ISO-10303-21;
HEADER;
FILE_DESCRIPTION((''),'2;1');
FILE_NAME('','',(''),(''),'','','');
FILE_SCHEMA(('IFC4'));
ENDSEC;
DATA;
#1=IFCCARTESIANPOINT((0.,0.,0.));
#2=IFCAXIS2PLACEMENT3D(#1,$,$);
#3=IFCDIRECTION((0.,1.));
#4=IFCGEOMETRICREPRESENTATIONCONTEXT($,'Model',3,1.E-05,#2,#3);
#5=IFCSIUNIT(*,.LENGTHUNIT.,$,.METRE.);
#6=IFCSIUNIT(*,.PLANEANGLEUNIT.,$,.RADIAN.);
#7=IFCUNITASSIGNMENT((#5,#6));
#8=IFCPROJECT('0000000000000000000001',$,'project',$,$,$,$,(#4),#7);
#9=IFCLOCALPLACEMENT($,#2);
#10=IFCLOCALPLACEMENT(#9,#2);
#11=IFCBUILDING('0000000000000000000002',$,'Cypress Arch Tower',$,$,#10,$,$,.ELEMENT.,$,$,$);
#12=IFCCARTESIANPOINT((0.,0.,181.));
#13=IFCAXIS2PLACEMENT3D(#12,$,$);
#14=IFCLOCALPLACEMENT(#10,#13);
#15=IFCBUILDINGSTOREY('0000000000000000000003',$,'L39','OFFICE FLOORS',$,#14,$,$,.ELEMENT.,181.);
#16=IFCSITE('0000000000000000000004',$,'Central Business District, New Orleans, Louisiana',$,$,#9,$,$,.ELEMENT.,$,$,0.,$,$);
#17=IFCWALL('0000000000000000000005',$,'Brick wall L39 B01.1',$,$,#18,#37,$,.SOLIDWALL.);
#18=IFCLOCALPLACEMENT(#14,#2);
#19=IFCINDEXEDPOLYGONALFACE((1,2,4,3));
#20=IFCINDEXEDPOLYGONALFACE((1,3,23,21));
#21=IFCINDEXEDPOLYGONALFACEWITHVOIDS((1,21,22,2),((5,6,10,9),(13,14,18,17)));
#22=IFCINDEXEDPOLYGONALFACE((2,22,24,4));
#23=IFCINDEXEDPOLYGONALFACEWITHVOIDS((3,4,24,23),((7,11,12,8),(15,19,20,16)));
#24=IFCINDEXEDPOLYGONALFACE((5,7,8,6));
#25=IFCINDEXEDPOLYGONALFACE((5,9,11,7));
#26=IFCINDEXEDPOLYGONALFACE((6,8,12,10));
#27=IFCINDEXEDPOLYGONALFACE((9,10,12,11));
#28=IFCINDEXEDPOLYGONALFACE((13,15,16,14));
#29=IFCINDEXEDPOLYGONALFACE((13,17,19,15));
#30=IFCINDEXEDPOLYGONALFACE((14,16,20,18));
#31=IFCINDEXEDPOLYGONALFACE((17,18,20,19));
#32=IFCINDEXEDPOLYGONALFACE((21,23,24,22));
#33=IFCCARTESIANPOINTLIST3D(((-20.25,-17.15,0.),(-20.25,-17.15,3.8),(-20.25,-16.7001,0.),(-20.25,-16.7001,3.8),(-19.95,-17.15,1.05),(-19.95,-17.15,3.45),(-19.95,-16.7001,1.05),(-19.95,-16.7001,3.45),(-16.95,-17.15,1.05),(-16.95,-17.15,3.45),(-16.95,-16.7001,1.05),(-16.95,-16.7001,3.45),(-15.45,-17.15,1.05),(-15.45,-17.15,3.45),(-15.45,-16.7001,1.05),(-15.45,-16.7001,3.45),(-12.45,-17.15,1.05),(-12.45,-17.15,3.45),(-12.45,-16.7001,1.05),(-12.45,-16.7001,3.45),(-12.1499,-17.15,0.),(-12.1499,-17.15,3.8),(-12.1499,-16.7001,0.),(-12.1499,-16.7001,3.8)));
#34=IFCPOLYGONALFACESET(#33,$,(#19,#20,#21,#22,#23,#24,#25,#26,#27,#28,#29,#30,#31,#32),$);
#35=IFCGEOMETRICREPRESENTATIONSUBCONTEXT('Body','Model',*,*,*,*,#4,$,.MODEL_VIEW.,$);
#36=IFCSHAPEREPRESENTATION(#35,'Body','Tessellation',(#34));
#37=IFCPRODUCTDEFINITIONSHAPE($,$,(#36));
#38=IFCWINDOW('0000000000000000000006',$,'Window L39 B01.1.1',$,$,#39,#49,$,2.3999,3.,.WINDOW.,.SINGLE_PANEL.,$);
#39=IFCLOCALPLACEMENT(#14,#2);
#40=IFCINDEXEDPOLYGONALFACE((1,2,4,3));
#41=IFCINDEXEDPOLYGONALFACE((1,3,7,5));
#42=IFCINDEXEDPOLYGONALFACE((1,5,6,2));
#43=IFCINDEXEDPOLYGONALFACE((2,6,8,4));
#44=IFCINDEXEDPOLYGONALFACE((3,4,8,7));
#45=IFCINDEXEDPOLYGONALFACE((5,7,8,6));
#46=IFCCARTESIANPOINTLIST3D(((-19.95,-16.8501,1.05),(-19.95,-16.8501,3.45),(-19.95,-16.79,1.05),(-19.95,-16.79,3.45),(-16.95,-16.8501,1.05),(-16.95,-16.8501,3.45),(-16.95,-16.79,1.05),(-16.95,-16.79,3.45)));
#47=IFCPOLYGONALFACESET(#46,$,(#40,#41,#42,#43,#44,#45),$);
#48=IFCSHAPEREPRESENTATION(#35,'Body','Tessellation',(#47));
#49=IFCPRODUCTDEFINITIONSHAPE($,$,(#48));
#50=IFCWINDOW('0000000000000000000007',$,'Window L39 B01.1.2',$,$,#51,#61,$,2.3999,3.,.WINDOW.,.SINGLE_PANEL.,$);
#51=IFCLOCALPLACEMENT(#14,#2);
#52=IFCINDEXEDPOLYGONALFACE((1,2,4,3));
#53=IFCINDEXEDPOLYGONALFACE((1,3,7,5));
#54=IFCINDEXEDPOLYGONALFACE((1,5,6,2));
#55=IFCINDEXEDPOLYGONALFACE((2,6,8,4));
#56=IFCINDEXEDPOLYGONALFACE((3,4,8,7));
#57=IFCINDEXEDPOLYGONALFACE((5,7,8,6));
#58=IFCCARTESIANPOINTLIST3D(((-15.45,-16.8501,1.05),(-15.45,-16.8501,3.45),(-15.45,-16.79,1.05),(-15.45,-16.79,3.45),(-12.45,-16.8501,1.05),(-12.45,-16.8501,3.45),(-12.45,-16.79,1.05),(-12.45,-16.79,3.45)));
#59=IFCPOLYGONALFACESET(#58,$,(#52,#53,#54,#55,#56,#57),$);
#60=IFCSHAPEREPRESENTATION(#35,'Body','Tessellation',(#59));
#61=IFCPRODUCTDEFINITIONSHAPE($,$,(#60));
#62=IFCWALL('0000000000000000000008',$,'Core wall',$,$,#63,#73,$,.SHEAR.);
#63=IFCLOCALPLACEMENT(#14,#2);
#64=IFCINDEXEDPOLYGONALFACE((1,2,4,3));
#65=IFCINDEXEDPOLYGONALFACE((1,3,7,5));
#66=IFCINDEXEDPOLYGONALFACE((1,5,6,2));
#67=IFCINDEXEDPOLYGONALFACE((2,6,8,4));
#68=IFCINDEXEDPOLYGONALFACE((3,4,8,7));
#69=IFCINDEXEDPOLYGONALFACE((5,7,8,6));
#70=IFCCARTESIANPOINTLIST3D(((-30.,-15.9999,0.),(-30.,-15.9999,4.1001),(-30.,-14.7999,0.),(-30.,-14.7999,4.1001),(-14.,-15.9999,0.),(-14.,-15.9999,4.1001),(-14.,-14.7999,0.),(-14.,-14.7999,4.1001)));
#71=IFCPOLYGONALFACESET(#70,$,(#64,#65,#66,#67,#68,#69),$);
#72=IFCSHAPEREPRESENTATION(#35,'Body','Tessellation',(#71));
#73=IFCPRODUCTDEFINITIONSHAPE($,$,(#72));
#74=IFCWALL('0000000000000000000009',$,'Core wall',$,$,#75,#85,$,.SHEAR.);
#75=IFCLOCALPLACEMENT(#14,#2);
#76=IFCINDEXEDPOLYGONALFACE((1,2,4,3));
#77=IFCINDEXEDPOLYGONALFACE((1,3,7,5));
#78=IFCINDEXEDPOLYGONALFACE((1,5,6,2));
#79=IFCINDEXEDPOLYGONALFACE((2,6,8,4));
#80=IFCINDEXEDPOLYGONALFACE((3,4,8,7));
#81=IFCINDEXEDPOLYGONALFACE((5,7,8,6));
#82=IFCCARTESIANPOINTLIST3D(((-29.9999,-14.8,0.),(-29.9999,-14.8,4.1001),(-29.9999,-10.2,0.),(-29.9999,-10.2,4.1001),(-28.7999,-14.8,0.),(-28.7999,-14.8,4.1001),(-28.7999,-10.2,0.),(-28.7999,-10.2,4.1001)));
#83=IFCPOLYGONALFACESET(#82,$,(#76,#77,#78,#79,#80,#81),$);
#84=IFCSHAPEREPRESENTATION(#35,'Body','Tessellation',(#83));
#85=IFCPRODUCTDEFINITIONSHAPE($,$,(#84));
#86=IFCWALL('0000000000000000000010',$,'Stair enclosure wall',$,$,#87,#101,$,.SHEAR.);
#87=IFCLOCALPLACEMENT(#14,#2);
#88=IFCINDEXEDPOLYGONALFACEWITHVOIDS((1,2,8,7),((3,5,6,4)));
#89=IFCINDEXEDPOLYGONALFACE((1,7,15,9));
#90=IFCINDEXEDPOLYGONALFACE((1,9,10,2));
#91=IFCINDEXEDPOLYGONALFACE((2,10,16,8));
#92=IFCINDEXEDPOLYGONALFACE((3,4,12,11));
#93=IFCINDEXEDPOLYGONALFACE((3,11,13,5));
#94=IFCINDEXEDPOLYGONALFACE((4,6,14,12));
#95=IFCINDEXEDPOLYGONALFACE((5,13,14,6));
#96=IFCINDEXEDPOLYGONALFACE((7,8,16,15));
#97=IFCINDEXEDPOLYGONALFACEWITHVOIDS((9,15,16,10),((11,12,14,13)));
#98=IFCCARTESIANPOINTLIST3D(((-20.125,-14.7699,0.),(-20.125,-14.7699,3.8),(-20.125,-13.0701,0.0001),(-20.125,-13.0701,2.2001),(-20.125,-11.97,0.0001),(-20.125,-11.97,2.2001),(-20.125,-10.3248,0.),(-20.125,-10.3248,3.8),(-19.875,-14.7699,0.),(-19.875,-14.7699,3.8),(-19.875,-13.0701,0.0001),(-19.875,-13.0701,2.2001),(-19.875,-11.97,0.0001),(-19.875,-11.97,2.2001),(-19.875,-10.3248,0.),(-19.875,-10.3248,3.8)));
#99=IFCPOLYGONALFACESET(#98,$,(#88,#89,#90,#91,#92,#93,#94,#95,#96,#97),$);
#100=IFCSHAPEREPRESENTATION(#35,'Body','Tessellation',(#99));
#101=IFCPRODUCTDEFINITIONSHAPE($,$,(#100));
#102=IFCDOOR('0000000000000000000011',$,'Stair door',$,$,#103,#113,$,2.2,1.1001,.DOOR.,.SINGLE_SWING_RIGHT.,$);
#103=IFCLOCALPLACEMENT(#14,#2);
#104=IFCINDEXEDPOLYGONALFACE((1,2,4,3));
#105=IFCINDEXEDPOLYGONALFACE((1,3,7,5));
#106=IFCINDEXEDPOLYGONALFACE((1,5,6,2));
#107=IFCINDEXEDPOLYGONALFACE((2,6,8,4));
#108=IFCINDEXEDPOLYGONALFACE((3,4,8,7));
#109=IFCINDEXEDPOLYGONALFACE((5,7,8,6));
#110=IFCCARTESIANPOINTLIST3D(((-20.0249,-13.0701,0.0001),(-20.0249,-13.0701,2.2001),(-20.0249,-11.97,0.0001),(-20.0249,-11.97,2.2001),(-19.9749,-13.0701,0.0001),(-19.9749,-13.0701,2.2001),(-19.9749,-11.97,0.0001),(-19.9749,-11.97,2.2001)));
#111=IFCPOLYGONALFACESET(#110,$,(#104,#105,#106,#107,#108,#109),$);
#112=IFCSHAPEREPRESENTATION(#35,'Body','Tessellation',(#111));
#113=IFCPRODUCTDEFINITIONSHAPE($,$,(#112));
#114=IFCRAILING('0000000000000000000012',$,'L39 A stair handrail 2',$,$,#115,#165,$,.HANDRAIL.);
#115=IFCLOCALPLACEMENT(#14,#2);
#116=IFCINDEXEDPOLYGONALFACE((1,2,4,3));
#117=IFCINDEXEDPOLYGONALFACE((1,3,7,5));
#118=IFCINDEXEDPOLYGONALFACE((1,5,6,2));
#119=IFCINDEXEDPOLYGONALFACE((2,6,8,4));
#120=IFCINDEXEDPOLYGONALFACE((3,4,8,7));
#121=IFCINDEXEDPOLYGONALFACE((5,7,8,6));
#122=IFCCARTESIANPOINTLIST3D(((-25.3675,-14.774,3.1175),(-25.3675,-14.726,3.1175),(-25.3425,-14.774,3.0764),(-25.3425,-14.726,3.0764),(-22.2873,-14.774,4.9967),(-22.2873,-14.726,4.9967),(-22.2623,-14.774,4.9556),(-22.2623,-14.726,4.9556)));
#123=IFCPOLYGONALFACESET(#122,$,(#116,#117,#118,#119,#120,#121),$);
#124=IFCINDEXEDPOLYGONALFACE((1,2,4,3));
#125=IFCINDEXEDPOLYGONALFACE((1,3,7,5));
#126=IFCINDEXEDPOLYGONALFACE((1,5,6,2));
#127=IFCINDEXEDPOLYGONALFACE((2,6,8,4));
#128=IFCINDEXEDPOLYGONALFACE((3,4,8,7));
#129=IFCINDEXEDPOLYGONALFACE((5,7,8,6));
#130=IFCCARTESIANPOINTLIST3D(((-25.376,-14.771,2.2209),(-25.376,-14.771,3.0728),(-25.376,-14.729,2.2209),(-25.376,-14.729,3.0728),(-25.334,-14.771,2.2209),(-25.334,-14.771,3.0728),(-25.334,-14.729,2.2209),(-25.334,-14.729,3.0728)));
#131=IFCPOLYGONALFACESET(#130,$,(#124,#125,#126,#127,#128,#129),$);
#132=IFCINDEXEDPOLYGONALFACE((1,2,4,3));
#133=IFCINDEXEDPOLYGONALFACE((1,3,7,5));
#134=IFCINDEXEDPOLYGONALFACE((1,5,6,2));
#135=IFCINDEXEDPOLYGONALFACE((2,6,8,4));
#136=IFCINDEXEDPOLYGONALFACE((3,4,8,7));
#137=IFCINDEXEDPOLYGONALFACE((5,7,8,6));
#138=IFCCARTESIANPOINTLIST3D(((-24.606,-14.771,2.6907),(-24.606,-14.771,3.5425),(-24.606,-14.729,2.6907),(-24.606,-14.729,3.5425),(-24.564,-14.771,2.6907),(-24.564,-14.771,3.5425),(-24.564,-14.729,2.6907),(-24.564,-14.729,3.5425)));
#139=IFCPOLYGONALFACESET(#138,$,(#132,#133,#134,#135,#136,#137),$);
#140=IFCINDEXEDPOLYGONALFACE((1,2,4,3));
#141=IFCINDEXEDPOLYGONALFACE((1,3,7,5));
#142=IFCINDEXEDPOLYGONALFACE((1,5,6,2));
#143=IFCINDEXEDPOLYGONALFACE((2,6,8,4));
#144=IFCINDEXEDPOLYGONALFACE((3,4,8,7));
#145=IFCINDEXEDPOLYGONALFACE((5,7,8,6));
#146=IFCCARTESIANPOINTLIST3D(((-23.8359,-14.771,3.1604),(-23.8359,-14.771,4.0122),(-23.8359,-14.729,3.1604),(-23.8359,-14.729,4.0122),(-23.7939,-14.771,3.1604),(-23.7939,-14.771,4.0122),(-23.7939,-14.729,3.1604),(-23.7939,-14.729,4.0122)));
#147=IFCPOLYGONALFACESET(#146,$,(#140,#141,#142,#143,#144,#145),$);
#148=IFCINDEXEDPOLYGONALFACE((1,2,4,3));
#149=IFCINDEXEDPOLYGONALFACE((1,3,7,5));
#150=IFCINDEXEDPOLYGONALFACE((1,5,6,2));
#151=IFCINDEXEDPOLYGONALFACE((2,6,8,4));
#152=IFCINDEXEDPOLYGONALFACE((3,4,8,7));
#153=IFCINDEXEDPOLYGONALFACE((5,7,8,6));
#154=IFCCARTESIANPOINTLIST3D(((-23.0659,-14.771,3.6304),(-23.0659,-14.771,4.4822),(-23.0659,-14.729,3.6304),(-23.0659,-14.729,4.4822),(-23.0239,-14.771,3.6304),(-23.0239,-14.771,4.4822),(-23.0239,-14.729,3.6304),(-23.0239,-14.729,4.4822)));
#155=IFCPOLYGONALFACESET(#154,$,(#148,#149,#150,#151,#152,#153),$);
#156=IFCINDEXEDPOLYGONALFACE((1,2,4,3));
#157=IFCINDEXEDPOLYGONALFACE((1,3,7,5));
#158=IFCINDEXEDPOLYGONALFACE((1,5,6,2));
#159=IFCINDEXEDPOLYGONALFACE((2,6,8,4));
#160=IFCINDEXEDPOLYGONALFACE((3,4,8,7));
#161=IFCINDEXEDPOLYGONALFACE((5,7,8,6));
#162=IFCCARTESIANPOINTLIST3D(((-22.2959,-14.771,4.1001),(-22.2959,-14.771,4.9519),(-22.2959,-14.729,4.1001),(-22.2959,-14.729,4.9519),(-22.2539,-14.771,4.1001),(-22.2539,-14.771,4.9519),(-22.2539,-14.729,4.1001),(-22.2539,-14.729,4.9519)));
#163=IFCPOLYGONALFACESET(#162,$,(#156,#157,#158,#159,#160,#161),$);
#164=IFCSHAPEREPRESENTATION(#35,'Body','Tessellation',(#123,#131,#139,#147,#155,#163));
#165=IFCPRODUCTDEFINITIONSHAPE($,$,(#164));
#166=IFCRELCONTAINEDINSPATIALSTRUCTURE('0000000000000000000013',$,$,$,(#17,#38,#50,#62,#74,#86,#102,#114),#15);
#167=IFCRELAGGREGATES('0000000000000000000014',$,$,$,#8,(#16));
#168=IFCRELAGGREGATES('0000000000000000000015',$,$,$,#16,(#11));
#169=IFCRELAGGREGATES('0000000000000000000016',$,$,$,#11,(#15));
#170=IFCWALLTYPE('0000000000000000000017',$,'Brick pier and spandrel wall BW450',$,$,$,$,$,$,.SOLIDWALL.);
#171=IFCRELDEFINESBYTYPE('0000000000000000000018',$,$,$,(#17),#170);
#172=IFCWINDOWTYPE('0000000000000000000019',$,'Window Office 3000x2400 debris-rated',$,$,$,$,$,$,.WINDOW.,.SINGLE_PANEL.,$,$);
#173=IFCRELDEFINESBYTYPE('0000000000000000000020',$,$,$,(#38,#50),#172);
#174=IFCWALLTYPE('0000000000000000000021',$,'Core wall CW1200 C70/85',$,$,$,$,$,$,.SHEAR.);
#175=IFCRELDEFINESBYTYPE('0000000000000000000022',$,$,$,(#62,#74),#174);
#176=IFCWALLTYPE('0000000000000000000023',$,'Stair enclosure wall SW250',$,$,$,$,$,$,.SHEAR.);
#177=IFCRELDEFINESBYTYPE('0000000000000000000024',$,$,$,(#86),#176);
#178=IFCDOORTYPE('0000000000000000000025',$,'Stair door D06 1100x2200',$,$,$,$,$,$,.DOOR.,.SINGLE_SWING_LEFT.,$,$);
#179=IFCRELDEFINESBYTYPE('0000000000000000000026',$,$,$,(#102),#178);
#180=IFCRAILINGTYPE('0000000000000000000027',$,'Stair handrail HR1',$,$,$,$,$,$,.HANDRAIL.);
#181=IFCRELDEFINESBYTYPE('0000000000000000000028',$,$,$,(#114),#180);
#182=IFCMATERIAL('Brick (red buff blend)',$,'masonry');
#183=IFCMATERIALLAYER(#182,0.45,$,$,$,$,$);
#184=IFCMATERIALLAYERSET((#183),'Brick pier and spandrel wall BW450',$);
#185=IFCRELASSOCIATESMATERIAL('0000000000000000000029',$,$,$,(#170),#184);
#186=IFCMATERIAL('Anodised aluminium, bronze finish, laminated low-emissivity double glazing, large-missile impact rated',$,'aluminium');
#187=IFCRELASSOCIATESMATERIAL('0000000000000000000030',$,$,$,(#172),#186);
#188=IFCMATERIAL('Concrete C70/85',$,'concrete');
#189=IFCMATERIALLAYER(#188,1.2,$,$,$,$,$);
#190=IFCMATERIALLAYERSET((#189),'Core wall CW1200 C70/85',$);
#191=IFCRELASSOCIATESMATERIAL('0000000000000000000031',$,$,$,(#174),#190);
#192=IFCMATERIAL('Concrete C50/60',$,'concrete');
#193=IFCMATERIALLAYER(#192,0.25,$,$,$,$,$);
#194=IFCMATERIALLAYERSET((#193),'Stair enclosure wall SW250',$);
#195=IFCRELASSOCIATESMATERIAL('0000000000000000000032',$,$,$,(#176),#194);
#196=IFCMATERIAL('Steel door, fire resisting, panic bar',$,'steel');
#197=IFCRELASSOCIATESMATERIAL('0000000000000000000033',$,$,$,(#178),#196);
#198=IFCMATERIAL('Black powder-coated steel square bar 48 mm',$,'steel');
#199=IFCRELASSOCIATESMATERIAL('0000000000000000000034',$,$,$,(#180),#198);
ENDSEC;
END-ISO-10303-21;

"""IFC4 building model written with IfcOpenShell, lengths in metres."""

from ifc_helpers import new_model, si_unit, direction, frame, frame_2d, origin, origin_2d, place, context, subcontext, project, spatial, rectangle, extrude, material, layer, layer_set, type_object, element, fill, save


model = new_model("IFC4")

# Units and contexts
model_context = context("Model", 3, precision=1e-05, world=origin(), true_north=direction((0.0, 1.0)))
body_context = subcontext(model_context, "Body", "Model", "MODEL_VIEW")
ifc_project = project(units=[si_unit("LENGTHUNIT", "METRE"), si_unit("PLANEANGLEUNIT", "RADIAN")], contexts=[model_context])

# Site, building, storey
site_placement = place(None, origin())
site = spatial("IfcSite", under=ifc_project, at=site_placement, Name="Central Business District, New Orleans, Louisiana", CompositionType="ELEMENT", RefElevation=0.0)
building_placement = place(site_placement, origin())
building = spatial("IfcBuilding", under=site, at=building_placement, Name="Cypress Arch Tower", CompositionType="ELEMENT")
storey_placement = place(building_placement, frame((0.0, 0.0, 181.0)))
storey = spatial("IfcBuildingStorey", under=building, at=storey_placement, Name="L39", Description="OFFICE FLOORS", CompositionType="ELEMENT", Elevation=181.0)

# Shared definitions
ifc_material_1 = material(Name="Brick (red buff blend)", Category="masonry")
ifc_layer_1 = layer(ifc_material_1, 0.45)
ifc_layer_set_1 = layer_set([ifc_layer_1], Name="Brick pier and spandrel wall BW450")
wall_type_1 = type_object("IfcWallType", Name="Brick pier and spandrel wall BW450", PredefinedType="SOLIDWALL", material=ifc_layer_set_1)
ifc_material_2 = material(Name="Anodised aluminium, bronze finish, laminated low-emissivity double glazing, large-missile impact rated", Category="aluminium")
window_type = type_object("IfcWindowType", Name="Window Office 3000x2400 debris-rated", PartitioningType="SINGLE_PANEL", PredefinedType="WINDOW", material=ifc_material_2)

# Wall, openings, windows
wall_1_placement = place(storey_placement, frame((-20.25, -16.925, 0.0), z_axis=(0.0, 0.0, 1.0), x_axis=(1.0, 0.0, 0.0)))
wall_1 = element("IfcWall", 1, at=wall_1_placement, inside=storey, type_object=wall_type_1, Name="Brick wall L39 B01.1", PredefinedType="SOLIDWALL", context=body_context, shape_type="SweptSolid", body=[
    extrude(rectangle(XDim=8.1001, YDim=0.45, at=frame_2d((4.05, 0.0))), origin(), (0.0, 0.0, 1.0), 3.8),
])
opening_1_placement = place(wall_1_placement, frame((0.3, 0.0, 1.05)))
opening_1 = element("IfcOpeningElement", 2, at=opening_1_placement, cuts=wall_1, PredefinedType="OPENING", context=body_context, shape_type="SweptSolid", body=[
    extrude(rectangle(XDim=3.0, YDim=2.3999, at=frame_2d((1.5, 1.2))), frame((0.0, 0.2349, 0.0), z_axis=(0.0, -1.0, 0.0), x_axis=(1.0, 0.0, 0.0)), (0.0, 0.0, 1.0), 0.47),
])
opening_2_placement = place(wall_1_placement, frame((4.8, 0.0, 1.05)))
opening_2 = element("IfcOpeningElement", 3, at=opening_2_placement, cuts=wall_1, PredefinedType="OPENING", context=body_context, shape_type="SweptSolid", body=[
    extrude(rectangle(XDim=3.0, YDim=2.3999, at=frame_2d((1.5, 1.2))), frame((0.0, 0.2349, 0.0), z_axis=(0.0, -1.0, 0.0), x_axis=(1.0, 0.0, 0.0)), (0.0, 0.0, 1.0), 0.47),
])
window_1_placement = place(opening_1_placement, origin())
window_1 = element("IfcWindow", 4, at=window_1_placement, inside=storey, type_object=window_type, Name="Window L39 B01.1.1", OverallHeight=2.3999, OverallWidth=3.0, PartitioningType="SINGLE_PANEL", PredefinedType="WINDOW", context=body_context, shape_type="SweptSolid", body=[
    extrude(rectangle(XDim=3.0, YDim=2.3999, at=frame_2d((1.5, 1.2))), frame((0.0, 0.135, 0.0), z_axis=(0.0, -1.0, 0.0), x_axis=(1.0, 0.0, 0.0)), (0.0, 0.0, 1.0), 0.0601),
])
fill(opening_1, window_1)
window_2_placement = place(opening_2_placement, origin())
window_2 = element("IfcWindow", 5, at=window_2_placement, inside=storey, type_object=window_type, Name="Window L39 B01.1.2", OverallHeight=2.3999, OverallWidth=3.0, PartitioningType="SINGLE_PANEL", PredefinedType="WINDOW", context=body_context, shape_type="SweptSolid", body=[
    extrude(rectangle(XDim=3.0, YDim=2.3999, at=frame_2d((1.5, 1.2))), frame((0.0, 0.135, 0.0), z_axis=(0.0, -1.0, 0.0), x_axis=(1.0, 0.0, 0.0)), (0.0, 0.0, 1.0), 0.0601),
])
fill(opening_2, window_2)

# Walls
ifc_material_3 = material(Name="Concrete C70/85", Category="concrete")
ifc_layer_2 = layer(ifc_material_3, 1.2)
ifc_layer_set_2 = layer_set([ifc_layer_2], Name="Core wall CW1200 C70/85")
wall_type_2 = type_object("IfcWallType", Name="Core wall CW1200 C70/85", PredefinedType="SHEAR", material=ifc_layer_set_2)
wall_2_placement = place(storey_placement, frame((-30.0, -15.3999, 0.0), z_axis=(0.0, 0.0, 1.0), x_axis=(1.0, 0.0, 0.0)))
element("IfcWall", 6, at=wall_2_placement, inside=storey, type_object=wall_type_2, Name="Core wall", PredefinedType="SHEAR", context=body_context, shape_type="SweptSolid", body=[
    extrude(rectangle(XDim=16.0, YDim=1.2, at=frame_2d((8.0, 0.0))), origin(), (0.0, 0.0, 1.0), 4.1001),
])
wall_3_placement = place(storey_placement, frame((-29.3999, -14.8, 0.0), z_axis=(0.0, 0.0, 1.0), x_axis=(0.0, 1.0, 0.0)))
element("IfcWall", 7, at=wall_3_placement, inside=storey, type_object=wall_type_2, Name="Core wall", PredefinedType="SHEAR", context=body_context, shape_type="SweptSolid", body=[
    extrude(rectangle(XDim=4.6001, YDim=1.2, at=frame_2d((2.3, 0.0))), origin(), (0.0, 0.0, 1.0), 4.1001),
])

# Wall, opening, door
ifc_material_4 = material(Name="Concrete C50/60", Category="concrete")
ifc_layer_3 = layer(ifc_material_4, 0.25)
ifc_layer_set_3 = layer_set([ifc_layer_3], Name="Stair enclosure wall SW250")
wall_type_3 = type_object("IfcWallType", Name="Stair enclosure wall SW250", PredefinedType="SHEAR", material=ifc_layer_set_3)
wall_4_placement = place(storey_placement, frame((-20.0, -14.77, 0.0), z_axis=(0.0, 0.0, 1.0), x_axis=(0.0, 1.0, 0.0)))
wall_4 = element("IfcWall", 8, at=wall_4_placement, inside=storey, type_object=wall_type_3, Name="Stair enclosure wall", PredefinedType="SHEAR", context=body_context, shape_type="SweptSolid", body=[
    extrude(rectangle(XDim=4.4451, YDim=0.25, at=frame_2d((2.2227, 0.0))), origin(), (0.0, 0.0, 1.0), 3.8),
])
opening_3_placement = place(wall_4_placement, frame((1.7, 0.0, 0.0)))
opening_3 = element("IfcOpeningElement", 9, at=opening_3_placement, cuts=wall_4, PredefinedType="OPENING", context=body_context, shape_type="SweptSolid", body=[
    extrude(rectangle(XDim=1.1001, YDim=2.2, at=frame_2d((0.55, 1.1001))), frame((0.0, 0.135, 0.0), z_axis=(0.0, -1.0, 0.0), x_axis=(1.0, 0.0, 0.0)), (0.0, 0.0, 1.0), 0.27),
])
ifc_material_5 = material(Name="Steel door, fire resisting, panic bar", Category="steel")
door_type_1 = type_object("IfcDoorType", Name="Stair door D06 1100x2200", OperationType="SINGLE_SWING_LEFT", PredefinedType="DOOR", material=ifc_material_5)
door_1_placement = place(opening_3_placement, origin())
door_1 = element("IfcDoor", 10, at=door_1_placement, inside=storey, type_object=door_type_1, Name="Stair door", OperationType="SINGLE_SWING_RIGHT", OverallHeight=2.2, OverallWidth=1.1001, PredefinedType="DOOR", context=body_context, shape_type="SweptSolid", body=[
    extrude(rectangle(XDim=1.1001, YDim=2.2, at=frame_2d((0.55, 1.1001))), frame((0.0, 0.0249, 0.0), z_axis=(0.0, -1.0, 0.0), x_axis=(1.0, 0.0, 0.0)), (0.0, 0.0, 1.0), 0.05),
])
fill(opening_3, door_1)

# Railing
ifc_material_6 = material(Name="Black powder-coated steel square bar 48 mm", Category="steel")
railing_type = type_object("IfcRailingType", Name="Stair handrail HR1", PredefinedType="HANDRAIL", material=ifc_material_6)
railing_placement = place(storey_placement, frame((-25.355, -14.75, 2.2209)))
element("IfcRailing", 11, at=railing_placement, inside=storey, type_object=railing_type, Name="L39 A stair handrail 2", PredefinedType="HANDRAIL", context=body_context, shape_type="SweptSolid", body=[
    extrude(rectangle(XDim=0.0481, YDim=0.0481, at=origin_2d()), frame((0.0, 0.0, 0.876), z_axis=(0.853666, 0.0, 0.52082), x_axis=(0.0, 1.0, 0.0)), (0.0, 0.0, 1.0), 3.6082),
    extrude(rectangle(XDim=0.042, YDim=0.042, at=origin_2d()), origin(), (0.0, 0.0, 1.0), 0.8518),
    extrude(rectangle(XDim=0.042, YDim=0.042, at=origin_2d()), frame((0.77, 0.0, 0.4697)), (0.0, 0.0, 1.0), 0.8518),
    extrude(rectangle(XDim=0.042, YDim=0.042, at=origin_2d()), frame((1.54, 0.0, 0.9395)), (0.0, 0.0, 1.0), 0.8518),
    extrude(rectangle(XDim=0.042, YDim=0.042, at=origin_2d()), frame((2.3101, 0.0, 1.4094)), (0.0, 0.0, 1.0), 0.8518),
    extrude(rectangle(XDim=0.042, YDim=0.042, at=origin_2d()), frame((3.0801, 0.0, 1.8792)), (0.0, 0.0, 1.0), 0.8518),
])

save(model, "model.ifc")
